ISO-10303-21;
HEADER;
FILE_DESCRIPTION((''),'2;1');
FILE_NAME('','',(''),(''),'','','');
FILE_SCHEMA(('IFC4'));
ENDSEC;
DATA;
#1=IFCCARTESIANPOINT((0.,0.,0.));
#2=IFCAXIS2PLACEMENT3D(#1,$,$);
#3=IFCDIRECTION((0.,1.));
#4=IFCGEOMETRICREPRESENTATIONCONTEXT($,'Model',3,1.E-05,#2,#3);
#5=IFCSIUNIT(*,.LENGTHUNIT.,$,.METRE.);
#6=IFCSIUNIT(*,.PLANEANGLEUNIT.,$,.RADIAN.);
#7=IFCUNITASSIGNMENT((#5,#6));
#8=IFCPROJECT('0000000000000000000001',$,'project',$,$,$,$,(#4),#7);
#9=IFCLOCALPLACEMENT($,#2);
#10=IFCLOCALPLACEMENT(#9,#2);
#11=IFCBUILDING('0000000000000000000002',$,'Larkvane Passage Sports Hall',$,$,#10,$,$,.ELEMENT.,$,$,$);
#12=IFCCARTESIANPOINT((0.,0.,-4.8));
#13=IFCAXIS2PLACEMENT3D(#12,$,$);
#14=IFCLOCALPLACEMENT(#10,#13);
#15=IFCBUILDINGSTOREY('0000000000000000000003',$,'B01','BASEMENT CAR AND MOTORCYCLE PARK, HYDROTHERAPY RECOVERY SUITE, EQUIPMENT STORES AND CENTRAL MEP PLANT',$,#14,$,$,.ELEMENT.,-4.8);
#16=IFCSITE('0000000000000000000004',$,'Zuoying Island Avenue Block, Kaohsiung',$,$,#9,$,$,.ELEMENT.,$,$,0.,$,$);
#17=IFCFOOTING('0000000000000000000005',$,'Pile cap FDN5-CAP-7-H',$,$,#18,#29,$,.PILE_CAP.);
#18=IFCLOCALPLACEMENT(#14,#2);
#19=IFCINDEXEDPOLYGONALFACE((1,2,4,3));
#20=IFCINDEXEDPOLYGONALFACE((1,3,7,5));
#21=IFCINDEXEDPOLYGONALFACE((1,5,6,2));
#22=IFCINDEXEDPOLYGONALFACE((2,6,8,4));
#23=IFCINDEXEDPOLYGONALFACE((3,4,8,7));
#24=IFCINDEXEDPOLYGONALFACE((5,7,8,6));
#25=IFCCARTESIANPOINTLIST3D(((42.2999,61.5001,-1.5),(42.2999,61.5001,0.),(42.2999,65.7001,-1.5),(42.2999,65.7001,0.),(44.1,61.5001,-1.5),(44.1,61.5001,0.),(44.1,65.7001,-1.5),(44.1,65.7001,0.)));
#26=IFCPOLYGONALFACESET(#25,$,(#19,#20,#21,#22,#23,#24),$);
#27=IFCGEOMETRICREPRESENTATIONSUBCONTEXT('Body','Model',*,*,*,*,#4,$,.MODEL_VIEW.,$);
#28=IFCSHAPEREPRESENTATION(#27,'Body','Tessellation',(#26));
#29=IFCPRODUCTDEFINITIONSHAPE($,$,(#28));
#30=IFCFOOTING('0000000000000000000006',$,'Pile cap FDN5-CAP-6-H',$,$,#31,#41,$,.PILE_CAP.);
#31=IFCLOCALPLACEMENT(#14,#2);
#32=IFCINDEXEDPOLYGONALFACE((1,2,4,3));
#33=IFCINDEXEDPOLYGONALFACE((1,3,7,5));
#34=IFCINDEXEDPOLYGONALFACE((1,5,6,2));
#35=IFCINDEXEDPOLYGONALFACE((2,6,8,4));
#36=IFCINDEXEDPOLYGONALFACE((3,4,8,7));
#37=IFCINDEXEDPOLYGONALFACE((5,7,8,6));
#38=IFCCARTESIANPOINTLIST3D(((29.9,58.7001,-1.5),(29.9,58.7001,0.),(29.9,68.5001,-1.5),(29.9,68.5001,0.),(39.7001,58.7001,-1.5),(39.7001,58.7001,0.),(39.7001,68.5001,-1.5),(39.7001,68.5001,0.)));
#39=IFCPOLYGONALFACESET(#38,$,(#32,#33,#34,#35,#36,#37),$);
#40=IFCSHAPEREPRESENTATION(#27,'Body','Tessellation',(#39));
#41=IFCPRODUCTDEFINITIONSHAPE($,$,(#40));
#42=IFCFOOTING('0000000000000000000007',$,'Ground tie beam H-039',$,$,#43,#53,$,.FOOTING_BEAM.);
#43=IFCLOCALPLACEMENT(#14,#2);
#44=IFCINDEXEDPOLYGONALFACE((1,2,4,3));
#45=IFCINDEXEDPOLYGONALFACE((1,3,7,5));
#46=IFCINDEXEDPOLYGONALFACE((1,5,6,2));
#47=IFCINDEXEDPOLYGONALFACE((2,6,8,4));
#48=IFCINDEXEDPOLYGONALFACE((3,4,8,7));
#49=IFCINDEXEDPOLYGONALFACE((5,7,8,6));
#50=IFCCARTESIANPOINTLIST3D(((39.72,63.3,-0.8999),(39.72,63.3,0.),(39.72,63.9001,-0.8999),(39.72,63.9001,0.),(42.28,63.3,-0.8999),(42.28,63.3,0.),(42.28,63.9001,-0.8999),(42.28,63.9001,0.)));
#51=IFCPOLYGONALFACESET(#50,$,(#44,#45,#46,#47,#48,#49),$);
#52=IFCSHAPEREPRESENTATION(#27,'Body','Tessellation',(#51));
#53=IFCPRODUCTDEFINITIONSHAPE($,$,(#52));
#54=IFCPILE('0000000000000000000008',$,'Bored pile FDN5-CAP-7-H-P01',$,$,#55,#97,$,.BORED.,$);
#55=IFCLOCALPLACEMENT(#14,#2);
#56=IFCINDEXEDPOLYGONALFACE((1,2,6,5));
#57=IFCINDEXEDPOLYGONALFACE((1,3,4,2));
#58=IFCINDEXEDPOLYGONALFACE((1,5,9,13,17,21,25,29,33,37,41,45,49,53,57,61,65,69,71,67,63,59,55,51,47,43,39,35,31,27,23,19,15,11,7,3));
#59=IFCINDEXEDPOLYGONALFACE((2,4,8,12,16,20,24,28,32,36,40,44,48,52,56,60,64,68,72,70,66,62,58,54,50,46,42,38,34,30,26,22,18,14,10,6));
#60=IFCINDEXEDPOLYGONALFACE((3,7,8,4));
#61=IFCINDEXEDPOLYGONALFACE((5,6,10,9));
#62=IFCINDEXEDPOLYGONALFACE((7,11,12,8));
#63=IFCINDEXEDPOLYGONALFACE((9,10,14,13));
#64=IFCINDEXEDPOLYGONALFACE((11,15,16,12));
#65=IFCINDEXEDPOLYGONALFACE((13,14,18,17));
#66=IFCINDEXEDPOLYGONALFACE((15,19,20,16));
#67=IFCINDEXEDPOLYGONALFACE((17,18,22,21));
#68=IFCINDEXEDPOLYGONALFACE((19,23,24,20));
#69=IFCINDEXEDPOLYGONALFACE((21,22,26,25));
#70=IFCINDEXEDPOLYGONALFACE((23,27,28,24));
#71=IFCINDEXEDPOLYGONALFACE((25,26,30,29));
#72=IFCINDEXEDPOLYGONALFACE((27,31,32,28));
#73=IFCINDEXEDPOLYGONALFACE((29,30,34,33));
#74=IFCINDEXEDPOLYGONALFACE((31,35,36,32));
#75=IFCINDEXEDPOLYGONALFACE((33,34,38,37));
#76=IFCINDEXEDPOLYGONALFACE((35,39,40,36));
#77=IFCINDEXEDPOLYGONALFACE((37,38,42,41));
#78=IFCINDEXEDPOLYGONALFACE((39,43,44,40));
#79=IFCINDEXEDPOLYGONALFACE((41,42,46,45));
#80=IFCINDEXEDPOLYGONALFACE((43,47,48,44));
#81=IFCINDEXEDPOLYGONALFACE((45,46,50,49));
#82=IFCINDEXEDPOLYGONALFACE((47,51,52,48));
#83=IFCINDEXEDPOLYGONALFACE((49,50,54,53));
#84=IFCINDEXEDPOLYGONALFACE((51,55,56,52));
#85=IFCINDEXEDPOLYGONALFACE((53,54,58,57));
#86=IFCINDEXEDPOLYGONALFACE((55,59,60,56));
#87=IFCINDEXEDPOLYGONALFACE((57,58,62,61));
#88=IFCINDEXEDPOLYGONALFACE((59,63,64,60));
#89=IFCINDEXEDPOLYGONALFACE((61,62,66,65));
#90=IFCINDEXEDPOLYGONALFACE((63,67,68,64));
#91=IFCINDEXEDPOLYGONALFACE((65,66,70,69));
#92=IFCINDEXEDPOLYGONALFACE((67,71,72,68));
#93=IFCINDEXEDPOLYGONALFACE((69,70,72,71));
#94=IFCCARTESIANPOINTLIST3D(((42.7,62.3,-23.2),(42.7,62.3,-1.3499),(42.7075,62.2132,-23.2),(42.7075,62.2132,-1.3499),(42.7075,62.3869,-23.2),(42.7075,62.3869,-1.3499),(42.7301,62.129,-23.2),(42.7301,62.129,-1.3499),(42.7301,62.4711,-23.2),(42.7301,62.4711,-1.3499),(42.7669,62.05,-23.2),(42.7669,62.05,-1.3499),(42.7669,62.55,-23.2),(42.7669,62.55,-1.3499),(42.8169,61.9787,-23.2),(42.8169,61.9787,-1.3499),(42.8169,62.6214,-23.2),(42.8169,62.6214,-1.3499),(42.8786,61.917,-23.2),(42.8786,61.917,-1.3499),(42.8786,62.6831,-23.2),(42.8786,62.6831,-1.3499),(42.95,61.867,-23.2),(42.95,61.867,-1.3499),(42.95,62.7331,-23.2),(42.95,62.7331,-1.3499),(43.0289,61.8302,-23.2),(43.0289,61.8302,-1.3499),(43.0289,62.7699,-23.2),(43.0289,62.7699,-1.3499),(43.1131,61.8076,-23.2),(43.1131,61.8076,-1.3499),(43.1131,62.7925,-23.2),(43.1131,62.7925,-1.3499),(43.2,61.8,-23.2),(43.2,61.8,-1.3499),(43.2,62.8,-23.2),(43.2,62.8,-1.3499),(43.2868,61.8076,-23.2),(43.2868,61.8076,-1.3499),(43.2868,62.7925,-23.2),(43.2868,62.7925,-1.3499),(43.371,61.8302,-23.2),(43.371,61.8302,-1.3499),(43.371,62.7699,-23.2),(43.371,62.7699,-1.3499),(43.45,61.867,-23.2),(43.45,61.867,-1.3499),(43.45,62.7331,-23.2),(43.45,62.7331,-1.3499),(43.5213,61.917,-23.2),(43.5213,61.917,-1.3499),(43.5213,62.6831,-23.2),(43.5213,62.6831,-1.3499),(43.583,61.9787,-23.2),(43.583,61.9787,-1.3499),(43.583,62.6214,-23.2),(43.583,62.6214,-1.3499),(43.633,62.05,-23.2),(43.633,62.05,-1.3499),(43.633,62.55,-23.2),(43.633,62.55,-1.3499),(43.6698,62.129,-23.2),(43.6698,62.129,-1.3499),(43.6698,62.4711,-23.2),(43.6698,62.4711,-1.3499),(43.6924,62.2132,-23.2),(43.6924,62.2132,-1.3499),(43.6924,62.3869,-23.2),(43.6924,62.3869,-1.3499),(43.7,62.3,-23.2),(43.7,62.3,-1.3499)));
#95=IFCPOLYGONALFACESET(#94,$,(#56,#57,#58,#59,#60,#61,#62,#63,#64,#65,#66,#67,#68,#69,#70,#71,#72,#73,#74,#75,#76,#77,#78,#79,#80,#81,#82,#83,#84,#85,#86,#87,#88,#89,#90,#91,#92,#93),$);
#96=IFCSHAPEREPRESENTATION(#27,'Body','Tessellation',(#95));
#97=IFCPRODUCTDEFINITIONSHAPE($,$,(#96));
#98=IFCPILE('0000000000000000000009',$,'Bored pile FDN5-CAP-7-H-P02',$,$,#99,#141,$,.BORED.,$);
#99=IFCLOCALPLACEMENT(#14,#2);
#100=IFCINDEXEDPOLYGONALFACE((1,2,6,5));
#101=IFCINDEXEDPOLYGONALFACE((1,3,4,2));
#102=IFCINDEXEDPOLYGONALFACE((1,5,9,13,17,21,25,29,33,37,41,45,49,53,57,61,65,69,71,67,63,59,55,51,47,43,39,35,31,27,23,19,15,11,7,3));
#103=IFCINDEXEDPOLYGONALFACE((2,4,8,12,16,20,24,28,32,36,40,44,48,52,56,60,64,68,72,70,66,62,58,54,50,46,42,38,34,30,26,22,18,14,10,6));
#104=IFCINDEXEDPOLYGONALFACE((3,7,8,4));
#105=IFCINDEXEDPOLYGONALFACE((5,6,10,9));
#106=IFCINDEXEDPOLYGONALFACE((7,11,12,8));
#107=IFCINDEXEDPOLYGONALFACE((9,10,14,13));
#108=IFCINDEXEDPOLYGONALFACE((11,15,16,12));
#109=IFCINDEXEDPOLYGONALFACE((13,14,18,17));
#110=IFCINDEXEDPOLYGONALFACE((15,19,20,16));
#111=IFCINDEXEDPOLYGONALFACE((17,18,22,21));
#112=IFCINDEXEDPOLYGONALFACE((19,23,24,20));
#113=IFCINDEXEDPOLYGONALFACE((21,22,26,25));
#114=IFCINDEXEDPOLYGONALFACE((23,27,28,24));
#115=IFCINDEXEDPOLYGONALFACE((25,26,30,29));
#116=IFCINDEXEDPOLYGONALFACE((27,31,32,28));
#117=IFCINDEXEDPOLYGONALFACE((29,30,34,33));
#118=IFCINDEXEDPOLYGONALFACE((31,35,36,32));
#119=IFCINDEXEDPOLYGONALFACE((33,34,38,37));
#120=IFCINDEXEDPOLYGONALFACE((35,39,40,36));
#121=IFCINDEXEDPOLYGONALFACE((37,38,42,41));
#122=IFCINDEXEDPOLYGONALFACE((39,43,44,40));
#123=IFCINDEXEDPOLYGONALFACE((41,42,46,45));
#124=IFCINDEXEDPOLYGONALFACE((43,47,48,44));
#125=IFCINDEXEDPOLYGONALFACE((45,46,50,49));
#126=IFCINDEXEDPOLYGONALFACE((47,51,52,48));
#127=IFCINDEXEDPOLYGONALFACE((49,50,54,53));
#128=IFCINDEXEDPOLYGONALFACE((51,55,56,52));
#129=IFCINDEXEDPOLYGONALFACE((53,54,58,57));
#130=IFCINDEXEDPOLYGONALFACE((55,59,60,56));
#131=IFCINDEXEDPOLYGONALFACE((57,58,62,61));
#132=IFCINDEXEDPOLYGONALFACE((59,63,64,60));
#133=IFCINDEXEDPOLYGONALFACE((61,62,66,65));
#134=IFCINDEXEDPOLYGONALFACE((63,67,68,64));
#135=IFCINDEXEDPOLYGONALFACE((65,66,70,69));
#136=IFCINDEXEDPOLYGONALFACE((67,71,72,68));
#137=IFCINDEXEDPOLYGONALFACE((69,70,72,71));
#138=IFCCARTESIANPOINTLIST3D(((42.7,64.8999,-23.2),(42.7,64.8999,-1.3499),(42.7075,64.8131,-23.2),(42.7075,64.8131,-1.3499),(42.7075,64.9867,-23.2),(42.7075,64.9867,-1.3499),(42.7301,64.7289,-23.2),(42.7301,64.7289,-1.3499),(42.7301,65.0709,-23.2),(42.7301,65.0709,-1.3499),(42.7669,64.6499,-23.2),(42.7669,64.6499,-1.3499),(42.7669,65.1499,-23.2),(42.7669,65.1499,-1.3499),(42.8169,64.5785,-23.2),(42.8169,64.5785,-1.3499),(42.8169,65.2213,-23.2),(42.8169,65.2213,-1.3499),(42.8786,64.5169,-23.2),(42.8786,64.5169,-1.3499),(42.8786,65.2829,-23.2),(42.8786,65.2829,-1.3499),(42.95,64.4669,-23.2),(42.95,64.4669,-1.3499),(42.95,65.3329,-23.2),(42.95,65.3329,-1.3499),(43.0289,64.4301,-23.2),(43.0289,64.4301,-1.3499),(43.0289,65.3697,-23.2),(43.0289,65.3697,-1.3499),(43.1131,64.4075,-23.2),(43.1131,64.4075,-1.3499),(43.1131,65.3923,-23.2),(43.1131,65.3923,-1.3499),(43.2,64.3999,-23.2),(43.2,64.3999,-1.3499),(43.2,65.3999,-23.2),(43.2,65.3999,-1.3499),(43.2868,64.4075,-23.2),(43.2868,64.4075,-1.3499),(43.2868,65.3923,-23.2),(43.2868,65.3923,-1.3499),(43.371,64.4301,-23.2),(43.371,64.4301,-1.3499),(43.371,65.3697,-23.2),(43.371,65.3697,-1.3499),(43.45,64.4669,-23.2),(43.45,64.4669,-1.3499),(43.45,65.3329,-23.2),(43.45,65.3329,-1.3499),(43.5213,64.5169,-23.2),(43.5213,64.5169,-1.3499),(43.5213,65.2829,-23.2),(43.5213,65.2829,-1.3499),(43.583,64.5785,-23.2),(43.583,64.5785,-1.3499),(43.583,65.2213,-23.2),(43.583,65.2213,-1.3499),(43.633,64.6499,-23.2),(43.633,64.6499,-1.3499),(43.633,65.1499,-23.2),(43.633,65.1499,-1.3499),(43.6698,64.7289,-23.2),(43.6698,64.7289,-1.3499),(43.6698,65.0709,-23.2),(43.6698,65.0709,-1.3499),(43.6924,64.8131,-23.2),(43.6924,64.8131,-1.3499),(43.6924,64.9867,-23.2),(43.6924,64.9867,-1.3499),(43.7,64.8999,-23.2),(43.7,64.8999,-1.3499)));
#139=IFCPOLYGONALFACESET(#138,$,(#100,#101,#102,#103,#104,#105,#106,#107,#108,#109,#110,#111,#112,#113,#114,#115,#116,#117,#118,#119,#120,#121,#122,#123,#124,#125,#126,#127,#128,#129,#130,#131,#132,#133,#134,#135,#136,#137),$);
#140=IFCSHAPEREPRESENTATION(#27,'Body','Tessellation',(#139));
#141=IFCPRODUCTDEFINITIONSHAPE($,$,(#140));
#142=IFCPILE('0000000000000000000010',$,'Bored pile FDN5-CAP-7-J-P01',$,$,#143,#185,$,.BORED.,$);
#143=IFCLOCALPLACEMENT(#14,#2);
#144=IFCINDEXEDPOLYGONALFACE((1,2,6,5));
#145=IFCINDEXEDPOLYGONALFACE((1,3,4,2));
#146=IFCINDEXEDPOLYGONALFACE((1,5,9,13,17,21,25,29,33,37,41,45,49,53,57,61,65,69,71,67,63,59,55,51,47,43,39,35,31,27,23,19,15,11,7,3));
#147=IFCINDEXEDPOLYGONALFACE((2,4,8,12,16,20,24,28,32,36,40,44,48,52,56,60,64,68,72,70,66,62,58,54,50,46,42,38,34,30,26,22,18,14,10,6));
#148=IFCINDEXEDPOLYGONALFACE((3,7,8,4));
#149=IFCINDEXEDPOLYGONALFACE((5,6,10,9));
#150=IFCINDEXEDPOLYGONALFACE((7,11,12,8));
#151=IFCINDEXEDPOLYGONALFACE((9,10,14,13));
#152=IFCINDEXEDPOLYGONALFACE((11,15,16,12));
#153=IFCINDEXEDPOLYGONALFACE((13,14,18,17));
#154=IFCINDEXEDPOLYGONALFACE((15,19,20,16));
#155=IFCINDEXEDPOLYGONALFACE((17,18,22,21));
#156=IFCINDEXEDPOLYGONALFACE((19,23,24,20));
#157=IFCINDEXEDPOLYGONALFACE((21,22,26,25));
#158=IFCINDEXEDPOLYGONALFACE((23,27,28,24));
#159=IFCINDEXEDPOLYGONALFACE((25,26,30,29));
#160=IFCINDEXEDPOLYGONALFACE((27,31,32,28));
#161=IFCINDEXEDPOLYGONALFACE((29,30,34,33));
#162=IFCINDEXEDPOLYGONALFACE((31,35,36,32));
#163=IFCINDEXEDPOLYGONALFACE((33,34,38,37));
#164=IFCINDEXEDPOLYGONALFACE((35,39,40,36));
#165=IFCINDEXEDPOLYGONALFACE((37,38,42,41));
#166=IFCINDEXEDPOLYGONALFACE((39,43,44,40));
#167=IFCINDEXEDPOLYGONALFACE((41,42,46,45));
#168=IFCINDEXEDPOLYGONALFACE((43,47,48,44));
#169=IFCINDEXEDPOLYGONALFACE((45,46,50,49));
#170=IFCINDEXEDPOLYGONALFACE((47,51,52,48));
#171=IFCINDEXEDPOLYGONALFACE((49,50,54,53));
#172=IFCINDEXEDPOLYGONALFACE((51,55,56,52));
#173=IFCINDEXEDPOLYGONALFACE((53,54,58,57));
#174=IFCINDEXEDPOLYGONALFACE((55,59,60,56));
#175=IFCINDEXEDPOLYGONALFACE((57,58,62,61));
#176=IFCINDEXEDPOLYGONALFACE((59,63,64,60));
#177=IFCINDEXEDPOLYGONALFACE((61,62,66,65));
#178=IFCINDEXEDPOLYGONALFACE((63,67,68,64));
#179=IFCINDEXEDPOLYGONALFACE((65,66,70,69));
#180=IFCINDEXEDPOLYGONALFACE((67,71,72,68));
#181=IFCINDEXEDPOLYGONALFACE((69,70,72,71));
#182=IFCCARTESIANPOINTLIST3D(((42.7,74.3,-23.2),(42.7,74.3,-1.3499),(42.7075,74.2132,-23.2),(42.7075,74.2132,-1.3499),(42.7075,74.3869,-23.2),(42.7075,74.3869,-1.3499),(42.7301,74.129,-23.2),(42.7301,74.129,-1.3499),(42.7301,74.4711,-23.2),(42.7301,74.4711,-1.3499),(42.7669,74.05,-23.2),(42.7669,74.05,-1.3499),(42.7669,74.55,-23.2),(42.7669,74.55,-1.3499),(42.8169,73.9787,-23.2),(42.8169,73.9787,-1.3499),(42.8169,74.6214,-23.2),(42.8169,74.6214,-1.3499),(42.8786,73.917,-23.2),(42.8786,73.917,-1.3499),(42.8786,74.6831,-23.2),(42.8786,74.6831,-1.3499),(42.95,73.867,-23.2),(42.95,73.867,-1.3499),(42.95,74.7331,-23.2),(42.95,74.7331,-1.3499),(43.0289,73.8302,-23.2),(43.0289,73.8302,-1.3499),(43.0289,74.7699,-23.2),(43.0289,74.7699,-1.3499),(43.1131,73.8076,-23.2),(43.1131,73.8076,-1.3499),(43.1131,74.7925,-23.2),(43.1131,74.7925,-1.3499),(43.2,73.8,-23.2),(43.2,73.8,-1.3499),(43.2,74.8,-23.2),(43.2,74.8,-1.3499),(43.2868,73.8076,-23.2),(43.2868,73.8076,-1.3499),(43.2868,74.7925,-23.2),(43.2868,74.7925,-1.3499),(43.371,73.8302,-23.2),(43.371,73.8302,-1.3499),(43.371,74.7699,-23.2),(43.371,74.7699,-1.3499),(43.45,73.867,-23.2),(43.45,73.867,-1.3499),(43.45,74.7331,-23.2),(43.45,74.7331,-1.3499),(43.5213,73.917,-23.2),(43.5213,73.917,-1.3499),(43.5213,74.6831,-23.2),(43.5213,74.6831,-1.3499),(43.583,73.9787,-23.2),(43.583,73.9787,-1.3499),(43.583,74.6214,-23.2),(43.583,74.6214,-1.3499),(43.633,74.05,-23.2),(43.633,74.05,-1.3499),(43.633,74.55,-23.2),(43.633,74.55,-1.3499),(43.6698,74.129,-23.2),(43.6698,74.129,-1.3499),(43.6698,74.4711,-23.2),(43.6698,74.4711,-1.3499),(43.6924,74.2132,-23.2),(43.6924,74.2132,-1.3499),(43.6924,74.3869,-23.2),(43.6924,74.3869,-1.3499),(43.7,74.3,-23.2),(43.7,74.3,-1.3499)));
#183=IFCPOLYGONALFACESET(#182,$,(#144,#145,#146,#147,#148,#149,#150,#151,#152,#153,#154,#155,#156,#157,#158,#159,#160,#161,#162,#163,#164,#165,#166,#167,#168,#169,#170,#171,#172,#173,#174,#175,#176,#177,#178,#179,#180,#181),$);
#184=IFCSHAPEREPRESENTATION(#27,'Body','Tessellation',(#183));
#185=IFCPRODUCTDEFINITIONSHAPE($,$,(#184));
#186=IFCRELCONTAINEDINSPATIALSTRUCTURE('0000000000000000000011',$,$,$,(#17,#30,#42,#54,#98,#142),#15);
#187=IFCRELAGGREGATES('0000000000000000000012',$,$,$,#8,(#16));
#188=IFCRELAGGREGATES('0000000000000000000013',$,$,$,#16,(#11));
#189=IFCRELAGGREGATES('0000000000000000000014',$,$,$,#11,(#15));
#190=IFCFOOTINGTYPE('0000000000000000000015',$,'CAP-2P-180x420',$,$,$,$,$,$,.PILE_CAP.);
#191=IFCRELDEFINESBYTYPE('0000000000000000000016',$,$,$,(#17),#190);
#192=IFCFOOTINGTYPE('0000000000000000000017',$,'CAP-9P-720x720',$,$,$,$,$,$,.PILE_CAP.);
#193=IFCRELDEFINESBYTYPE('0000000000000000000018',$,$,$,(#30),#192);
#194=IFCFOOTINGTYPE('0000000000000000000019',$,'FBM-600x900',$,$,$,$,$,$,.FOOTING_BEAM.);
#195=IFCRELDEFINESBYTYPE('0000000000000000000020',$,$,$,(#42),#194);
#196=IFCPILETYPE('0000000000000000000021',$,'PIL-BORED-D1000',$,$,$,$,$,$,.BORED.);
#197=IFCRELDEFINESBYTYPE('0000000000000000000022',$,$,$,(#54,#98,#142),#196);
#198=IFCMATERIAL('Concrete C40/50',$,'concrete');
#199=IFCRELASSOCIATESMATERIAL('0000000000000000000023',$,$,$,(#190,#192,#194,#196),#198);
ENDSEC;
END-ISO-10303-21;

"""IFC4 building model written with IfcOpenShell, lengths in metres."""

from ifc_helpers import new_model, si_unit, direction, frame, origin, origin_2d, place, context, subcontext, project, spatial, rectangle, circle, extrude, material, material_profile, profile_set, type_object, element, save


model = new_model("IFC4")

# Units and contexts
model_context = context("Model", 3, precision=1e-05, world=origin(), true_north=direction((0.0, 1.0)))
body_context = subcontext(model_context, "Body", "Model", "MODEL_VIEW")
ifc_project = project(units=[si_unit("LENGTHUNIT", "METRE"), si_unit("PLANEANGLEUNIT", "RADIAN")], contexts=[model_context])

# Site, building, storey
site_placement = place(None, origin())
site = spatial("IfcSite", under=ifc_project, at=site_placement, Name="Zuoying Island Avenue Block, Kaohsiung", CompositionType="ELEMENT", RefElevation=0.0)
building_placement = place(site_placement, origin())
building = spatial("IfcBuilding", under=site, at=building_placement, Name="Larkvane Passage Sports Hall", CompositionType="ELEMENT")
storey_placement = place(building_placement, frame((0.0, 0.0, -4.8)))
storey = spatial("IfcBuildingStorey", under=building, at=storey_placement, Name="B01", Description="BASEMENT CAR AND MOTORCYCLE PARK, HYDROTHERAPY RECOVERY SUITE, EQUIPMENT STORES AND CENTRAL MEP PLANT", CompositionType="ELEMENT", Elevation=-4.8)

# Footings
ifc_material_1 = material(Name="Concrete C40/50", Category="concrete")
footing_type_1 = type_object("IfcFootingType", Name="CAP-2P-180x420", PredefinedType="PILE_CAP", material=ifc_material_1)
footing_1_placement = place(storey_placement, frame((43.2, 63.6001, -1.5), z_axis=(0.0, 0.0, 1.0), x_axis=(1.0, 0.0, 0.0)))
element("IfcFooting", 1, at=footing_1_placement, inside=storey, type_object=footing_type_1, Name="Pile cap FDN5-CAP-7-H", PredefinedType="PILE_CAP", context=body_context, shape_type="SweptSolid", body=[
    extrude(rectangle(XDim=1.8, YDim=4.2, at=origin_2d()), origin(), (0.0, 0.0, 1.0), 1.5),
])
footing_type_2 = type_object("IfcFootingType", Name="CAP-9P-720x720", PredefinedType="PILE_CAP", material=ifc_material_1)
footing_2_placement = place(storey_placement, frame((34.8, 63.6001, -1.5), z_axis=(0.0, 0.0, 1.0), x_axis=(1.0, 0.0, 0.0)))
element("IfcFooting", 2, at=footing_2_placement, inside=storey, type_object=footing_type_2, Name="Pile cap FDN5-CAP-6-H", PredefinedType="PILE_CAP", context=body_context, shape_type="SweptSolid", body=[
    extrude(rectangle(XDim=9.8, YDim=9.8, at=origin_2d()), origin(), (0.0, 0.0, 1.0), 1.5),
])
footing_type_3 = type_object("IfcFootingType", Name="FBM-600x900", PredefinedType="FOOTING_BEAM", material=ifc_material_1)
footing_3_placement = place(storey_placement, frame((41.0, 63.6001, -0.8999), z_axis=(0.0, 0.0, 1.0), x_axis=(1.0, 0.0, 0.0)))
element("IfcFooting", 3, at=footing_3_placement, inside=storey, type_object=footing_type_3, Name="Ground tie beam H-039", PredefinedType="FOOTING_BEAM", context=body_context, shape_type="SweptSolid", body=[
    extrude(rectangle(XDim=2.5601, YDim=0.6001, at=origin_2d()), origin(), (0.0, 0.0, 1.0), 0.8999),
])

# Piles
ifc_material_profile_1 = material_profile(ifc_material_1, circle(Radius=0.5, at=origin_2d()), Name="PILE-D1000")
ifc_profile_set_1 = profile_set([ifc_material_profile_1], Name="Concrete C40/50")
pile_type_1 = type_object("IfcPileType", Name="PIL-BORED-D1000", PredefinedType="BORED", material=ifc_profile_set_1)
for number, where, z_axis, x_axis, name in (
    (4, (43.2, 62.3, -1.3499), (0.0, 0.0, -1.0), (1.0, 0.0, 0.0), "Bored pile FDN5-CAP-7-H-P01"),
    (5, (43.2, 64.8999, -1.3499), (0.0, 0.0, -1.0), (1.0, 0.0, 0.0), "Bored pile FDN5-CAP-7-H-P02"),
    (6, (43.2, 74.3, -1.3499), (0.0, 0.0, -1.0), (1.0, 0.0, 0.0), "Bored pile FDN5-CAP-7-J-P01"),
):
    element("IfcPile", number, at=place(storey_placement, frame(where, z_axis=z_axis, x_axis=x_axis)), inside=storey, type_object=pile_type_1, Name=name, PredefinedType="BORED", context=body_context, shape_type="SweptSolid", body=[
        extrude(circle(Radius=0.5, at=origin_2d()), origin(), (0.0, 0.0, 1.0), 21.8501),
    ])

save(model, "model.ifc")
